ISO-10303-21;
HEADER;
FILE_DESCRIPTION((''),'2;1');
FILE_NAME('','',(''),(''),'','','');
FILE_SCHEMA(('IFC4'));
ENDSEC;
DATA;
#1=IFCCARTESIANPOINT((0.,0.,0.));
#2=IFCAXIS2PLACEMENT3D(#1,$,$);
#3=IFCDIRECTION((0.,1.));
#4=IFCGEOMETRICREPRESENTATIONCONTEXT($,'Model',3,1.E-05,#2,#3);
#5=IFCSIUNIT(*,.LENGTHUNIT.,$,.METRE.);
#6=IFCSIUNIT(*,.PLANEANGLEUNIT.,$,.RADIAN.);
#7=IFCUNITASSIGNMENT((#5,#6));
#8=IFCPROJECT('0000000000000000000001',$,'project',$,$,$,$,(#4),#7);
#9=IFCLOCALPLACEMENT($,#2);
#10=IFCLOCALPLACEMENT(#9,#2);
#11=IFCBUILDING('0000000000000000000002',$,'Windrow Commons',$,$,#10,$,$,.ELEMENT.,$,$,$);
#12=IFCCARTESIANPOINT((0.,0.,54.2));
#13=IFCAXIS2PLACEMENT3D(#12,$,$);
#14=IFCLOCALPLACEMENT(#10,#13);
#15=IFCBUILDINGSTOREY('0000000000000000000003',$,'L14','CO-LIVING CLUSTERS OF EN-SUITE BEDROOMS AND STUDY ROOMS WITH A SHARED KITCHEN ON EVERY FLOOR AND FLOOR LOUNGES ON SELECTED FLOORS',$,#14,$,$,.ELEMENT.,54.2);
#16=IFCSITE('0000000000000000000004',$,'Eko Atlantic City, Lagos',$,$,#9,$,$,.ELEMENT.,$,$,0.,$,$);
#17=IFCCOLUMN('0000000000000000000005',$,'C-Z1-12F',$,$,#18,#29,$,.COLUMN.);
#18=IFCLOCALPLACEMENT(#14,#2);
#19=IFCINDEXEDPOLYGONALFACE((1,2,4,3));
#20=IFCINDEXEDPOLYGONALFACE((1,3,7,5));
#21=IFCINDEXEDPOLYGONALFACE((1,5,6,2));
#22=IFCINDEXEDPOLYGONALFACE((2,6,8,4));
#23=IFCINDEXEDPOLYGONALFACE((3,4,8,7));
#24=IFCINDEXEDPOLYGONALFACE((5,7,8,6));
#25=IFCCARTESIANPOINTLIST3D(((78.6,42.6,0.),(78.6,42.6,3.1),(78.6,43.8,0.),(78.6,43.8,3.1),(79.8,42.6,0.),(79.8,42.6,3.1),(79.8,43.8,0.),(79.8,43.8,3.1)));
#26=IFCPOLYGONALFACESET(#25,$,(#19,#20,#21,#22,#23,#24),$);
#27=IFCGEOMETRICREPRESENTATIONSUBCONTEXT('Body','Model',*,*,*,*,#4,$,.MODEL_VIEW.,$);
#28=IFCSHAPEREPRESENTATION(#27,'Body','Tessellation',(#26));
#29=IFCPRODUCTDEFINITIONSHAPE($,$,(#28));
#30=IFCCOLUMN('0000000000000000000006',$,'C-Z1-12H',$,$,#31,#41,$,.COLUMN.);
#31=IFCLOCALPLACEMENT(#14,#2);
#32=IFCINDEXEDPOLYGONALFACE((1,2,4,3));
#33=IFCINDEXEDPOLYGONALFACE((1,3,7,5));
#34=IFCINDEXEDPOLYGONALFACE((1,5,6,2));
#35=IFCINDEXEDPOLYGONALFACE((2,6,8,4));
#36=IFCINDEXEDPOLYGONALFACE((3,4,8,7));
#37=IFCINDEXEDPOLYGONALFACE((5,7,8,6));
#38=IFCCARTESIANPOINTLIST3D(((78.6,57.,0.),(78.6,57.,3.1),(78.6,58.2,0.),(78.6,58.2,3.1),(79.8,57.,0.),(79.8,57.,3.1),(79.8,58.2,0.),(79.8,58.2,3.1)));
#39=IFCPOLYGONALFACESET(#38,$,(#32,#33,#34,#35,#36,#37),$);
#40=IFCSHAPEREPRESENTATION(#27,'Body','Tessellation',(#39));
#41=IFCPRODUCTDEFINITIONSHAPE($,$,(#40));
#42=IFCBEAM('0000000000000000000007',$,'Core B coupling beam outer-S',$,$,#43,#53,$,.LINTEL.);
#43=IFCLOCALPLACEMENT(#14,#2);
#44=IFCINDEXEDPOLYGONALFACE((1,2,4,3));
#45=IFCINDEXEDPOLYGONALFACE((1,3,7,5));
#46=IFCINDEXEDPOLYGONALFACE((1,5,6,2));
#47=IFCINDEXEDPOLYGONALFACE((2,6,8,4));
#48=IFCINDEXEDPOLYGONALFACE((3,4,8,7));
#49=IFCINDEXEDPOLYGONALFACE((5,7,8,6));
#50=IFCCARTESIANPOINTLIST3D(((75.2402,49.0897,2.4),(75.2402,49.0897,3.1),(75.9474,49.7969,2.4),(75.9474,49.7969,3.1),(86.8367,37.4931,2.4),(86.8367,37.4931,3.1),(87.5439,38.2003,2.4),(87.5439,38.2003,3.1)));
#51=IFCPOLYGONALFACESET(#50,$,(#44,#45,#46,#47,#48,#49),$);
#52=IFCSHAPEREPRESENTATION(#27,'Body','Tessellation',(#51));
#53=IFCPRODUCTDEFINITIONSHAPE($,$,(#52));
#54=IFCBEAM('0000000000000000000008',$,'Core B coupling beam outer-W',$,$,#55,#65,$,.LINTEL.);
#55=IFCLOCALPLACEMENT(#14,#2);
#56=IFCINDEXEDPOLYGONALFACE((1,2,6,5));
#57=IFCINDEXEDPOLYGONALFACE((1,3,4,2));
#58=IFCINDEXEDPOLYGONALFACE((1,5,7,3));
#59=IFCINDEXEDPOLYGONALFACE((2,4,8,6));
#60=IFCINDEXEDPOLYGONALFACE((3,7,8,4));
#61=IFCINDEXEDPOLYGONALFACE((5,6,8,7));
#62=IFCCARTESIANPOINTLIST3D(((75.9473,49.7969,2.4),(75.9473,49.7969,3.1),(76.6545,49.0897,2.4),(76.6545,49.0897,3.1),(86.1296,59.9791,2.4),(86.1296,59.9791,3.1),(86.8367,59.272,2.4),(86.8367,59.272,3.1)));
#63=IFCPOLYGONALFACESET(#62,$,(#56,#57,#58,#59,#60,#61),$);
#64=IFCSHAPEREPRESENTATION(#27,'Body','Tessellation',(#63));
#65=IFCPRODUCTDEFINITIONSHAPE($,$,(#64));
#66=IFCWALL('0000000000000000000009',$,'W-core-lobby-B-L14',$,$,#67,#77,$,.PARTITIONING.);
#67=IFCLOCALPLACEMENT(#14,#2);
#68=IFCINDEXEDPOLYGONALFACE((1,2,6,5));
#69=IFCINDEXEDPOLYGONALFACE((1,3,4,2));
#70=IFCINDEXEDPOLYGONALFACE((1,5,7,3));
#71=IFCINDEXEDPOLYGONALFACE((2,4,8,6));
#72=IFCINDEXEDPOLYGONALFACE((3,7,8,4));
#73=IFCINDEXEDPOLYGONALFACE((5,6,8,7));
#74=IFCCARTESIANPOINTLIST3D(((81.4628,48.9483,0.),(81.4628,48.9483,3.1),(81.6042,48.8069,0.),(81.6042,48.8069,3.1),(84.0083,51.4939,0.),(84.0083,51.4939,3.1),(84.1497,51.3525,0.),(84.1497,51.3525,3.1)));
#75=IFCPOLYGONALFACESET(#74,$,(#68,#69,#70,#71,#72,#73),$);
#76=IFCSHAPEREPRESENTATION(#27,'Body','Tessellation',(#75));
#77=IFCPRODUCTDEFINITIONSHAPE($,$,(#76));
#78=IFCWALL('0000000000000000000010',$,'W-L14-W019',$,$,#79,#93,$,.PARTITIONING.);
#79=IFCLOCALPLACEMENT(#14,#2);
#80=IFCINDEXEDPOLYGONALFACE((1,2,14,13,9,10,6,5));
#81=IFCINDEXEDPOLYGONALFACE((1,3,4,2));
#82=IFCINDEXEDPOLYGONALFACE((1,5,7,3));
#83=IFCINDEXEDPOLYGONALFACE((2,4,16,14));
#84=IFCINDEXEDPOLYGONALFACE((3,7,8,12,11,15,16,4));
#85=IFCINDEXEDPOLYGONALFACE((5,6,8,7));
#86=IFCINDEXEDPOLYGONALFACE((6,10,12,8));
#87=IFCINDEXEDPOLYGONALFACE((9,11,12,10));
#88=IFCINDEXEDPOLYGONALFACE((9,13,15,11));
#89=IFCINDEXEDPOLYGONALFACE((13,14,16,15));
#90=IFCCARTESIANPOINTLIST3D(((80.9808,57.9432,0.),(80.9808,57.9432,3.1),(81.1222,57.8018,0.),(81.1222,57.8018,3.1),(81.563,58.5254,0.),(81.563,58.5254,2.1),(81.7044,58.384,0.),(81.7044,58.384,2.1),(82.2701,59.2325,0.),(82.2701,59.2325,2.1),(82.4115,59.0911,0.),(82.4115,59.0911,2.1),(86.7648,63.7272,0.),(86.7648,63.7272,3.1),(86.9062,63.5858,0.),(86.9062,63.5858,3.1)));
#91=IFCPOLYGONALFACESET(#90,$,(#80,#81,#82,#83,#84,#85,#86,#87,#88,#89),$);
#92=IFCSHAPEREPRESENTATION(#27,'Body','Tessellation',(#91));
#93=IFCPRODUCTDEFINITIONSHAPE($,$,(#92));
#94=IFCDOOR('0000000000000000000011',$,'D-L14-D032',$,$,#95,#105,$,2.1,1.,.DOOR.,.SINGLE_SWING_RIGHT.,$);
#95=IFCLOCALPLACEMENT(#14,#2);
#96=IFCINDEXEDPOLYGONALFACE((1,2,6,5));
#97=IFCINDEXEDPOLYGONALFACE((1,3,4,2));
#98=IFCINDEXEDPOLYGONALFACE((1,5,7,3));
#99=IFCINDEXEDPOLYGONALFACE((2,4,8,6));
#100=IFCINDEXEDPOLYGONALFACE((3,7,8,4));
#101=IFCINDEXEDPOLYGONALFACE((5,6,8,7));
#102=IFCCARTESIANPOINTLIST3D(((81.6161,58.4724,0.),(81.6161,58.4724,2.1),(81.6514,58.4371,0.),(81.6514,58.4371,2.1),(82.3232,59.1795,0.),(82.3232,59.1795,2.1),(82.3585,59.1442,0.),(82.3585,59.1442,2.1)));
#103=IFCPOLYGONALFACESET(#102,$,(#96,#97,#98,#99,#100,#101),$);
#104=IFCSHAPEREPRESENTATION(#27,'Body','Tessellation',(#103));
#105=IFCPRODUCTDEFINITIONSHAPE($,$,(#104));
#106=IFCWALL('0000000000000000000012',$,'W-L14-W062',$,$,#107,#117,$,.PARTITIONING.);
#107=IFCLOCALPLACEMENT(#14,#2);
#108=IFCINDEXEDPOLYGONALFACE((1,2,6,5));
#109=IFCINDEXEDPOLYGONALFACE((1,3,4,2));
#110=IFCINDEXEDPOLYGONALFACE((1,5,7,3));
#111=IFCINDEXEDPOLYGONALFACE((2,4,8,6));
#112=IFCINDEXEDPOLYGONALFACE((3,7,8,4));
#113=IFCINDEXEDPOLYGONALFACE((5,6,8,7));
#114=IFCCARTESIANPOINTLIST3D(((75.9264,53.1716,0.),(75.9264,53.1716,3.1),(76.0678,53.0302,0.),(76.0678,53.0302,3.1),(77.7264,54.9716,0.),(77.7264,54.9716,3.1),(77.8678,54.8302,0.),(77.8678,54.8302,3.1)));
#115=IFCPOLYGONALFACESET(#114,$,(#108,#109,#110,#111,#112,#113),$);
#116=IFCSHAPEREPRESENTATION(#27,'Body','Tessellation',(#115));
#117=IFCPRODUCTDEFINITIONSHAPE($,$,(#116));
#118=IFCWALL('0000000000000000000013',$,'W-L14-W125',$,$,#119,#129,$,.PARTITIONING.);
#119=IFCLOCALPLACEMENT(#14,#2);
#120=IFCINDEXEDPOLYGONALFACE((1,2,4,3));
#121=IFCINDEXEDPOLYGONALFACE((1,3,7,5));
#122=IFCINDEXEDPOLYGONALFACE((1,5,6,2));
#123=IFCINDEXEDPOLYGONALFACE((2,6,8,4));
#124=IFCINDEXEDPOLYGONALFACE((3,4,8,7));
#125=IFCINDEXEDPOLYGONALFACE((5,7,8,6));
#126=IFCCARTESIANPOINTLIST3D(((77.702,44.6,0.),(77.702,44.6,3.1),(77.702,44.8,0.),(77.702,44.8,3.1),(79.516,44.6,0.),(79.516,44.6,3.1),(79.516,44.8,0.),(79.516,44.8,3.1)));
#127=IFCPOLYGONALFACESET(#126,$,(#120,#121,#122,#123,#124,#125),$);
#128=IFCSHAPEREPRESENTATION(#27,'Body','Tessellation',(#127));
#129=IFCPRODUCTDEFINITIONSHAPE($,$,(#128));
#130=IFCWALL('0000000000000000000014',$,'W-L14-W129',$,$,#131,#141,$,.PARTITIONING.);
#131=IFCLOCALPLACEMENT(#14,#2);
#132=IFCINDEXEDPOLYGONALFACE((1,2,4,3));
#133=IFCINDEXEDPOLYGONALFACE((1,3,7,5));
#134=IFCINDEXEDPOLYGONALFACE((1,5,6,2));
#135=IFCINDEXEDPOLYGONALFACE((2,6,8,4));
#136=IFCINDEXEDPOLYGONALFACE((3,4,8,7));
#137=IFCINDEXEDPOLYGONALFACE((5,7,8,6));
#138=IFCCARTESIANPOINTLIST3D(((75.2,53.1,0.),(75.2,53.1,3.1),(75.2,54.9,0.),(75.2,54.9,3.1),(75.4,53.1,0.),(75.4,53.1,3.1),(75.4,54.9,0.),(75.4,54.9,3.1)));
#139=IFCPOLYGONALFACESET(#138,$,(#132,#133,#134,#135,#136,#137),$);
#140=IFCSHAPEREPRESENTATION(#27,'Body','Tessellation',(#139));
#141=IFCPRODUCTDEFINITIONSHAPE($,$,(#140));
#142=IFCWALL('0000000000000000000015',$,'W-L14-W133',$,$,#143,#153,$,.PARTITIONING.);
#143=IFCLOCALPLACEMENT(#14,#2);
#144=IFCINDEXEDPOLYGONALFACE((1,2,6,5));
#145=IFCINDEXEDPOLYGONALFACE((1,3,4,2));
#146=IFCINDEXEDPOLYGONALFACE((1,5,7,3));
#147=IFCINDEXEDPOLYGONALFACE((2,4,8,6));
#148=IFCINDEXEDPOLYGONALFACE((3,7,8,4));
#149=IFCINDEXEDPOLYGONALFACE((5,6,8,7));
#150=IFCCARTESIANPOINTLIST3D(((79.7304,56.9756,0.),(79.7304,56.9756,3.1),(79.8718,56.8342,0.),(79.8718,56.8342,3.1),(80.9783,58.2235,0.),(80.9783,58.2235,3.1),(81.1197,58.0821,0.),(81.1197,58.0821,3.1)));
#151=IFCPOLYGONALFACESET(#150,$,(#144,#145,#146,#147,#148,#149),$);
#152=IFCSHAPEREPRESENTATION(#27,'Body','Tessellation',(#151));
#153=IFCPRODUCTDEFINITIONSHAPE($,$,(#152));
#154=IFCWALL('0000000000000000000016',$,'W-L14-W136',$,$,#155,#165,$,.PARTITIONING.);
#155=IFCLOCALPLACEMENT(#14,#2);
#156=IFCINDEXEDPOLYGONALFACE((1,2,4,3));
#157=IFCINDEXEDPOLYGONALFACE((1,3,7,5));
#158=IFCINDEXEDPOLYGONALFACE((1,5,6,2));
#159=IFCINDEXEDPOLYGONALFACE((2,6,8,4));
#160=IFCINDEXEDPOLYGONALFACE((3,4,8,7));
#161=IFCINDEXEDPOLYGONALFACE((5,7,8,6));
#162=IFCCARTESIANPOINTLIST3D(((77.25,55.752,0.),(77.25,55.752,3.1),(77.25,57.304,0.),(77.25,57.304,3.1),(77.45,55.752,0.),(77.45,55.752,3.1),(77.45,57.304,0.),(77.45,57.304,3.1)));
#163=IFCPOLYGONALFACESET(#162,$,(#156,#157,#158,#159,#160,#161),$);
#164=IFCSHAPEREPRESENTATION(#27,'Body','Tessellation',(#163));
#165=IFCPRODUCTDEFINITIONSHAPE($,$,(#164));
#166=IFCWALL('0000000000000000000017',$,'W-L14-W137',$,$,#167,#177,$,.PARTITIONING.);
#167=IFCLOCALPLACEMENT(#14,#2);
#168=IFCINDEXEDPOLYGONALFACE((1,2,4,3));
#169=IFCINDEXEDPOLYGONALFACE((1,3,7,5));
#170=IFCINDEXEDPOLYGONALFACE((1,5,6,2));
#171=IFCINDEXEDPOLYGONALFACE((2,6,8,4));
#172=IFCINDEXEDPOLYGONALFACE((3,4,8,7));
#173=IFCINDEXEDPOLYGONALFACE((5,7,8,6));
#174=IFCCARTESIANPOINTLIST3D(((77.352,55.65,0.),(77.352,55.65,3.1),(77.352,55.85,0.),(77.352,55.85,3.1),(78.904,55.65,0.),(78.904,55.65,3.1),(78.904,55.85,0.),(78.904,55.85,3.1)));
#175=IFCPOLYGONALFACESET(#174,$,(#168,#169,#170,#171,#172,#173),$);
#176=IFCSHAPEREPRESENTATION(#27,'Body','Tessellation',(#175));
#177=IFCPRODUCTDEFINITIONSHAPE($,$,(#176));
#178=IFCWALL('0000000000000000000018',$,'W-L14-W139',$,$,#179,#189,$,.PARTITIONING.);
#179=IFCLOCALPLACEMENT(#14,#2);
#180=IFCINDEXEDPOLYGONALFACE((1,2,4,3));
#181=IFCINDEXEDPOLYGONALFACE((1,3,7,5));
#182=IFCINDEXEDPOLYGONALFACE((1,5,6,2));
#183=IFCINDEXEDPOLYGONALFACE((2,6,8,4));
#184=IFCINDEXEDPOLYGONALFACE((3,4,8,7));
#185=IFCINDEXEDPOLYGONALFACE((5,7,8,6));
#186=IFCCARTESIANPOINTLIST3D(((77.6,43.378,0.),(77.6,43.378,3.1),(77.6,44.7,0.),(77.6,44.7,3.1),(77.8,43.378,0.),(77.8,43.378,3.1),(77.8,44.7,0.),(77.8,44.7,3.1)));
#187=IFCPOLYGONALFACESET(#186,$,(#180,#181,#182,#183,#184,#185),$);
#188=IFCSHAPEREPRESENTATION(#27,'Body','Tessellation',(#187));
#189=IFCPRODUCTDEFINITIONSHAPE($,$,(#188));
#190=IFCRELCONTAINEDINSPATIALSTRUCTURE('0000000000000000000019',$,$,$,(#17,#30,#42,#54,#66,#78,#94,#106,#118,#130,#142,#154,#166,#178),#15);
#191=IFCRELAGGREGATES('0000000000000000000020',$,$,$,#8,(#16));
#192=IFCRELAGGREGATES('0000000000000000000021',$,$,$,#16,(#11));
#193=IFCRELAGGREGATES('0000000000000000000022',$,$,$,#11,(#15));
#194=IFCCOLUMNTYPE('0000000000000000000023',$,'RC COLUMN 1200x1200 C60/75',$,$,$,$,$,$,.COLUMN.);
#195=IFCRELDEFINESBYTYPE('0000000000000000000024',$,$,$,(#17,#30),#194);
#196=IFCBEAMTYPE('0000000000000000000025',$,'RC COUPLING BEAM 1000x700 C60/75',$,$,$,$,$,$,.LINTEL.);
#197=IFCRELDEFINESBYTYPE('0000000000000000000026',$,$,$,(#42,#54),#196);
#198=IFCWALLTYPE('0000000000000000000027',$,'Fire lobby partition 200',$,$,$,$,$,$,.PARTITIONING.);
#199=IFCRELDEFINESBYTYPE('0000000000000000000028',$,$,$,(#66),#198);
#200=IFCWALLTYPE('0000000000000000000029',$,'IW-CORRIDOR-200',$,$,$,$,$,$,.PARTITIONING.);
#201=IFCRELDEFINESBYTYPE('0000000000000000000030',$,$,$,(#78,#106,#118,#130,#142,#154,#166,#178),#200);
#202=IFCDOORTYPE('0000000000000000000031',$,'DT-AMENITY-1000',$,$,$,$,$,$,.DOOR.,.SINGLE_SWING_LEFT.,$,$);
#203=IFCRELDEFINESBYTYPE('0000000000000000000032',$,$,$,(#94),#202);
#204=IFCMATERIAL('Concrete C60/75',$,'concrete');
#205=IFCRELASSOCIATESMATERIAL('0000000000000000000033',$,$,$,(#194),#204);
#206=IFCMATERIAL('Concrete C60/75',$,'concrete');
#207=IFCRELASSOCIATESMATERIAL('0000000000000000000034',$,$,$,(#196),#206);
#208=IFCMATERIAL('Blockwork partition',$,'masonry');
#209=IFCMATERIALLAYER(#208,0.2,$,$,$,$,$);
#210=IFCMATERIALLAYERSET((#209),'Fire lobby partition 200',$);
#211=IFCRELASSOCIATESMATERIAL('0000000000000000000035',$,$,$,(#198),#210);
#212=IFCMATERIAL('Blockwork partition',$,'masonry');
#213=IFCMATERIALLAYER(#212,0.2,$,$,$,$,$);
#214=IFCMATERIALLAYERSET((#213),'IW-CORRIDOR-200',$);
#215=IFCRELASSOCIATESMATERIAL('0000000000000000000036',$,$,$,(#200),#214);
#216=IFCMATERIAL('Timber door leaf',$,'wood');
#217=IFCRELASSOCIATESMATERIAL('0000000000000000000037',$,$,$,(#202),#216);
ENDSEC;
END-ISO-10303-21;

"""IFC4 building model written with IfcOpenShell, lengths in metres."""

from ifc_helpers import new_model, si_unit, direction, frame, frame_2d, origin, origin_2d, place, context, subcontext, project, spatial, rectangle, extrude, material, layer, layer_set, material_profile, profile_set, type_object, element, fill, save


model = new_model("IFC4")

# Units and contexts
model_context = context("Model", 3, precision=1e-05, world=origin(), true_north=direction((0.0, 1.0)))
body_context = subcontext(model_context, "Body", "Model", "MODEL_VIEW")
ifc_project = project(units=[si_unit("LENGTHUNIT", "METRE"), si_unit("PLANEANGLEUNIT", "RADIAN")], contexts=[model_context])

# Site, building, storey
site_placement = place(None, origin())
site = spatial("IfcSite", under=ifc_project, at=site_placement, Name="Eko Atlantic City, Lagos", CompositionType="ELEMENT", RefElevation=0.0)
building_placement = place(site_placement, origin())
building = spatial("IfcBuilding", under=site, at=building_placement, Name="Windrow Commons", CompositionType="ELEMENT")
storey_placement = place(building_placement, frame((0.0, 0.0, 54.2)))
storey = spatial("IfcBuildingStorey", under=building, at=storey_placement, Name="L14", Description="CO-LIVING CLUSTERS OF EN-SUITE BEDROOMS AND STUDY ROOMS WITH A SHARED KITCHEN ON EVERY FLOOR AND FLOOR LOUNGES ON SELECTED FLOORS", CompositionType="ELEMENT", Elevation=54.2)

# Columns
ifc_material_1 = material(Name="Concrete C60/75", Category="concrete")
ifc_material_profile_1 = material_profile(ifc_material_1, rectangle(XDim=1.2, YDim=1.2, at=origin_2d()))
ifc_profile_set_1 = profile_set([ifc_material_profile_1], Name="Concrete C60/75")
column_type = type_object("IfcColumnType", Name="RC COLUMN 1200x1200 C60/75", PredefinedType="COLUMN", material=ifc_profile_set_1)
for number, where, z_axis, x_axis, name in (
    (1, (79.2, 43.2, 0.0), (0.0, 0.0, 1.0), (1.0, 0.0, 0.0), "C-Z1-12F"),
    (2, (79.2, 57.6, 0.0), (0.0, 0.0, 1.0), (1.0, 0.0, 0.0), "C-Z1-12H"),
):
    element("IfcColumn", number, at=place(storey_placement, frame(where, z_axis=z_axis, x_axis=x_axis)), inside=storey, type_object=column_type, Name=name, PredefinedType="COLUMN", context=body_context, shape_type="SweptSolid", body=[
        extrude(rectangle(XDim=1.2, YDim=1.2, at=origin_2d()), origin(), (0.0, 0.0, 1.0), 3.1),
    ])

# Beams
ifc_material_2 = material(Name="Concrete C60/75", Category="concrete")
ifc_material_profile_2 = material_profile(ifc_material_2, rectangle(XDim=1.0, YDim=0.7, at=origin_2d()))
ifc_profile_set_2 = profile_set([ifc_material_profile_2], Name="Concrete C60/75")
beam_type = type_object("IfcBeamType", Name="RC COUPLING BEAM 1000x700 C60/75", PredefinedType="LINTEL", material=ifc_profile_set_2)
beam_1_placement = place(storey_placement, frame((75.5938, 49.4433, 2.75), z_axis=(0.707104, -0.70711, 0.0), x_axis=(0.70711, 0.707104, 0.0)))
element("IfcBeam", 3, at=beam_1_placement, inside=storey, type_object=beam_type, Name="Core B coupling beam outer-S", PredefinedType="LINTEL", context=body_context, shape_type="SweptSolid", body=[
    extrude(rectangle(XDim=1.0, YDim=0.7, at=origin_2d()), origin(), (0.0, 0.0, 1.0), 16.4),
])
beam_2_placement = place(storey_placement, frame((76.3009, 49.4433, 2.75), z_axis=(0.707107, 0.707107, 0.0), x_axis=(-0.707107, 0.707107, 0.0)))
element("IfcBeam", 4, at=beam_2_placement, inside=storey, type_object=beam_type, Name="Core B coupling beam outer-W", PredefinedType="LINTEL", context=body_context, shape_type="SweptSolid", body=[
    extrude(rectangle(XDim=1.0, YDim=0.7, at=origin_2d()), origin(), (0.0, 0.0, 1.0), 14.3999),
])

# Wall
ifc_material_3 = material(Name="Blockwork partition", Category="masonry")
ifc_layer_1 = layer(ifc_material_3, 0.2)
ifc_layer_set_1 = layer_set([ifc_layer_1], Name="Fire lobby partition 200")
wall_type_1 = type_object("IfcWallType", Name="Fire lobby partition 200", PredefinedType="PARTITIONING", material=ifc_layer_set_1)
wall_1_placement = place(storey_placement, frame((81.5335, 48.8776, 0.0), z_axis=(0.0, 0.0, 1.0), x_axis=(0.707093, 0.707121, 0.0)))
element("IfcWall", 5, at=wall_1_placement, inside=storey, type_object=wall_type_1, Name="W-core-lobby-B-L14", PredefinedType="PARTITIONING", context=body_context, shape_type="SweptSolid", body=[
    extrude(rectangle(XDim=3.6, YDim=0.2, at=frame_2d((1.8, 0.0))), origin(), (0.0, 0.0, 1.0), 3.1),
])

# Wall, opening, door
ifc_material_4 = material(Name="Blockwork partition", Category="masonry")
ifc_layer_2 = layer(ifc_material_4, 0.2)
ifc_layer_set_2 = layer_set([ifc_layer_2], Name="IW-CORRIDOR-200")
wall_type_2 = type_object("IfcWallType", Name="IW-CORRIDOR-200", PredefinedType="PARTITIONING", material=ifc_layer_set_2)
wall_2_placement = place(storey_placement, frame((81.0515, 57.8725, 0.0), z_axis=(0.0, 0.0, 1.0), x_axis=(0.707107, 0.707107, 0.0)))
wall_2 = element("IfcWall", 6, at=wall_2_placement, inside=storey, type_object=wall_type_2, Name="W-L14-W019", PredefinedType="PARTITIONING", context=body_context, shape_type="SweptSolid", body=[
    extrude(rectangle(XDim=8.1798, YDim=0.2, at=frame_2d((4.0899, 0.0))), origin(), (0.0, 0.0, 1.0), 3.1),
])
opening_1_placement = place(wall_2_placement, frame((0.8234, 0.0, 0.0)))
opening_1 = element("IfcOpeningElement", 7, at=opening_1_placement, cuts=wall_2, PredefinedType="OPENING", context=body_context, shape_type="SweptSolid", body=[
    extrude(rectangle(XDim=1.0, YDim=2.1, at=frame_2d((0.5, 1.05))), frame((0.0, 0.11, 0.0), z_axis=(0.0, -1.0, 0.0), x_axis=(1.0, 0.0, 0.0)), (0.0, 0.0, 1.0), 0.22),
])
ifc_material_5 = material(Name="Timber door leaf", Category="wood")
door_type_1 = type_object("IfcDoorType", Name="DT-AMENITY-1000", OperationType="SINGLE_SWING_LEFT", PredefinedType="DOOR", material=ifc_material_5)
door_1_placement = place(opening_1_placement, origin())
door_1 = element("IfcDoor", 8, at=door_1_placement, inside=storey, type_object=door_type_1, Name="D-L14-D032", OperationType="SINGLE_SWING_RIGHT", OverallHeight=2.1, OverallWidth=1.0, PredefinedType="DOOR", context=body_context, shape_type="SweptSolid", body=[
    extrude(rectangle(XDim=1.0, YDim=2.1, at=frame_2d((0.5, 1.05))), frame((0.0, 0.025, 0.0), z_axis=(0.0, -1.0, 0.0), x_axis=(1.0, 0.0, 0.0)), (0.0, 0.0, 1.0), 0.05),
])
fill(opening_1, door_1)

# Walls
wall_3_placement = place(storey_placement, frame((75.9971, 53.1009, 0.0), z_axis=(0.0, 0.0, 1.0), x_axis=(0.707107, 0.707107, 0.0)))
element("IfcWall", 9, at=wall_3_placement, inside=storey, type_object=wall_type_2, Name="W-L14-W062", PredefinedType="PARTITIONING", context=body_context, shape_type="SweptSolid", body=[
    extrude(rectangle(XDim=2.5456, YDim=0.2, at=frame_2d((1.2728, 0.0))), origin(), (0.0, 0.0, 1.0), 3.1),
])
wall_4_placement = place(storey_placement, frame((77.702, 44.7, 0.0), z_axis=(0.0, 0.0, 1.0), x_axis=(1.0, 0.0, 0.0)))
element("IfcWall", 10, at=wall_4_placement, inside=storey, type_object=wall_type_2, Name="W-L14-W125", PredefinedType="PARTITIONING", context=body_context, shape_type="SweptSolid", body=[
    extrude(rectangle(XDim=1.814, YDim=0.2, at=frame_2d((0.907, 0.0))), origin(), (0.0, 0.0, 1.0), 3.1),
])
wall_5_placement = place(storey_placement, frame((75.3, 53.1, 0.0), z_axis=(0.0, 0.0, 1.0), x_axis=(0.0, 1.0, 0.0)))
element("IfcWall", 11, at=wall_5_placement, inside=storey, type_object=wall_type_2, Name="W-L14-W129", PredefinedType="PARTITIONING", context=body_context, shape_type="SweptSolid", body=[
    extrude(rectangle(XDim=1.8, YDim=0.2, at=frame_2d((0.9, 0.0))), origin(), (0.0, 0.0, 1.0), 3.1),
])
wall_6_placement = place(storey_placement, frame((79.8011, 56.9049, 0.0), z_axis=(0.0, 0.0, 1.0), x_axis=(0.707107, 0.707107, 0.0)))
element("IfcWall", 12, at=wall_6_placement, inside=storey, type_object=wall_type_2, Name="W-L14-W133", PredefinedType="PARTITIONING", context=body_context, shape_type="SweptSolid", body=[
    extrude(rectangle(XDim=1.7649, YDim=0.2, at=frame_2d((0.8824, 0.0))), origin(), (0.0, 0.0, 1.0), 3.1),
])
for number, where, z_axis, x_axis, name in (
    (13, (77.35, 55.752, 0.0), (0.0, 0.0, 1.0), (0.0, 1.0, 0.0), "W-L14-W136"),
    (14, (77.352, 55.75, 0.0), (0.0, 0.0, 1.0), (1.0, 0.0, 0.0), "W-L14-W137"),
):
    element("IfcWall", number, at=place(storey_placement, frame(where, z_axis=z_axis, x_axis=x_axis)), inside=storey, type_object=wall_type_2, Name=name, PredefinedType="PARTITIONING", context=body_context, shape_type="SweptSolid", body=[
        extrude(rectangle(XDim=1.552, YDim=0.2, at=frame_2d((0.776, 0.0))), origin(), (0.0, 0.0, 1.0), 3.1),
    ])
wall_7_placement = place(storey_placement, frame((77.7, 43.378, 0.0), z_axis=(0.0, 0.0, 1.0), x_axis=(0.0, 1.0, 0.0)))
element("IfcWall", 15, at=wall_7_placement, inside=storey, type_object=wall_type_2, Name="W-L14-W139", PredefinedType="PARTITIONING", context=body_context, shape_type="SweptSolid", body=[
    extrude(rectangle(XDim=1.322, YDim=0.2, at=frame_2d((0.661, 0.0))), origin(), (0.0, 0.0, 1.0), 3.1),
])

save(model, "model.ifc")
